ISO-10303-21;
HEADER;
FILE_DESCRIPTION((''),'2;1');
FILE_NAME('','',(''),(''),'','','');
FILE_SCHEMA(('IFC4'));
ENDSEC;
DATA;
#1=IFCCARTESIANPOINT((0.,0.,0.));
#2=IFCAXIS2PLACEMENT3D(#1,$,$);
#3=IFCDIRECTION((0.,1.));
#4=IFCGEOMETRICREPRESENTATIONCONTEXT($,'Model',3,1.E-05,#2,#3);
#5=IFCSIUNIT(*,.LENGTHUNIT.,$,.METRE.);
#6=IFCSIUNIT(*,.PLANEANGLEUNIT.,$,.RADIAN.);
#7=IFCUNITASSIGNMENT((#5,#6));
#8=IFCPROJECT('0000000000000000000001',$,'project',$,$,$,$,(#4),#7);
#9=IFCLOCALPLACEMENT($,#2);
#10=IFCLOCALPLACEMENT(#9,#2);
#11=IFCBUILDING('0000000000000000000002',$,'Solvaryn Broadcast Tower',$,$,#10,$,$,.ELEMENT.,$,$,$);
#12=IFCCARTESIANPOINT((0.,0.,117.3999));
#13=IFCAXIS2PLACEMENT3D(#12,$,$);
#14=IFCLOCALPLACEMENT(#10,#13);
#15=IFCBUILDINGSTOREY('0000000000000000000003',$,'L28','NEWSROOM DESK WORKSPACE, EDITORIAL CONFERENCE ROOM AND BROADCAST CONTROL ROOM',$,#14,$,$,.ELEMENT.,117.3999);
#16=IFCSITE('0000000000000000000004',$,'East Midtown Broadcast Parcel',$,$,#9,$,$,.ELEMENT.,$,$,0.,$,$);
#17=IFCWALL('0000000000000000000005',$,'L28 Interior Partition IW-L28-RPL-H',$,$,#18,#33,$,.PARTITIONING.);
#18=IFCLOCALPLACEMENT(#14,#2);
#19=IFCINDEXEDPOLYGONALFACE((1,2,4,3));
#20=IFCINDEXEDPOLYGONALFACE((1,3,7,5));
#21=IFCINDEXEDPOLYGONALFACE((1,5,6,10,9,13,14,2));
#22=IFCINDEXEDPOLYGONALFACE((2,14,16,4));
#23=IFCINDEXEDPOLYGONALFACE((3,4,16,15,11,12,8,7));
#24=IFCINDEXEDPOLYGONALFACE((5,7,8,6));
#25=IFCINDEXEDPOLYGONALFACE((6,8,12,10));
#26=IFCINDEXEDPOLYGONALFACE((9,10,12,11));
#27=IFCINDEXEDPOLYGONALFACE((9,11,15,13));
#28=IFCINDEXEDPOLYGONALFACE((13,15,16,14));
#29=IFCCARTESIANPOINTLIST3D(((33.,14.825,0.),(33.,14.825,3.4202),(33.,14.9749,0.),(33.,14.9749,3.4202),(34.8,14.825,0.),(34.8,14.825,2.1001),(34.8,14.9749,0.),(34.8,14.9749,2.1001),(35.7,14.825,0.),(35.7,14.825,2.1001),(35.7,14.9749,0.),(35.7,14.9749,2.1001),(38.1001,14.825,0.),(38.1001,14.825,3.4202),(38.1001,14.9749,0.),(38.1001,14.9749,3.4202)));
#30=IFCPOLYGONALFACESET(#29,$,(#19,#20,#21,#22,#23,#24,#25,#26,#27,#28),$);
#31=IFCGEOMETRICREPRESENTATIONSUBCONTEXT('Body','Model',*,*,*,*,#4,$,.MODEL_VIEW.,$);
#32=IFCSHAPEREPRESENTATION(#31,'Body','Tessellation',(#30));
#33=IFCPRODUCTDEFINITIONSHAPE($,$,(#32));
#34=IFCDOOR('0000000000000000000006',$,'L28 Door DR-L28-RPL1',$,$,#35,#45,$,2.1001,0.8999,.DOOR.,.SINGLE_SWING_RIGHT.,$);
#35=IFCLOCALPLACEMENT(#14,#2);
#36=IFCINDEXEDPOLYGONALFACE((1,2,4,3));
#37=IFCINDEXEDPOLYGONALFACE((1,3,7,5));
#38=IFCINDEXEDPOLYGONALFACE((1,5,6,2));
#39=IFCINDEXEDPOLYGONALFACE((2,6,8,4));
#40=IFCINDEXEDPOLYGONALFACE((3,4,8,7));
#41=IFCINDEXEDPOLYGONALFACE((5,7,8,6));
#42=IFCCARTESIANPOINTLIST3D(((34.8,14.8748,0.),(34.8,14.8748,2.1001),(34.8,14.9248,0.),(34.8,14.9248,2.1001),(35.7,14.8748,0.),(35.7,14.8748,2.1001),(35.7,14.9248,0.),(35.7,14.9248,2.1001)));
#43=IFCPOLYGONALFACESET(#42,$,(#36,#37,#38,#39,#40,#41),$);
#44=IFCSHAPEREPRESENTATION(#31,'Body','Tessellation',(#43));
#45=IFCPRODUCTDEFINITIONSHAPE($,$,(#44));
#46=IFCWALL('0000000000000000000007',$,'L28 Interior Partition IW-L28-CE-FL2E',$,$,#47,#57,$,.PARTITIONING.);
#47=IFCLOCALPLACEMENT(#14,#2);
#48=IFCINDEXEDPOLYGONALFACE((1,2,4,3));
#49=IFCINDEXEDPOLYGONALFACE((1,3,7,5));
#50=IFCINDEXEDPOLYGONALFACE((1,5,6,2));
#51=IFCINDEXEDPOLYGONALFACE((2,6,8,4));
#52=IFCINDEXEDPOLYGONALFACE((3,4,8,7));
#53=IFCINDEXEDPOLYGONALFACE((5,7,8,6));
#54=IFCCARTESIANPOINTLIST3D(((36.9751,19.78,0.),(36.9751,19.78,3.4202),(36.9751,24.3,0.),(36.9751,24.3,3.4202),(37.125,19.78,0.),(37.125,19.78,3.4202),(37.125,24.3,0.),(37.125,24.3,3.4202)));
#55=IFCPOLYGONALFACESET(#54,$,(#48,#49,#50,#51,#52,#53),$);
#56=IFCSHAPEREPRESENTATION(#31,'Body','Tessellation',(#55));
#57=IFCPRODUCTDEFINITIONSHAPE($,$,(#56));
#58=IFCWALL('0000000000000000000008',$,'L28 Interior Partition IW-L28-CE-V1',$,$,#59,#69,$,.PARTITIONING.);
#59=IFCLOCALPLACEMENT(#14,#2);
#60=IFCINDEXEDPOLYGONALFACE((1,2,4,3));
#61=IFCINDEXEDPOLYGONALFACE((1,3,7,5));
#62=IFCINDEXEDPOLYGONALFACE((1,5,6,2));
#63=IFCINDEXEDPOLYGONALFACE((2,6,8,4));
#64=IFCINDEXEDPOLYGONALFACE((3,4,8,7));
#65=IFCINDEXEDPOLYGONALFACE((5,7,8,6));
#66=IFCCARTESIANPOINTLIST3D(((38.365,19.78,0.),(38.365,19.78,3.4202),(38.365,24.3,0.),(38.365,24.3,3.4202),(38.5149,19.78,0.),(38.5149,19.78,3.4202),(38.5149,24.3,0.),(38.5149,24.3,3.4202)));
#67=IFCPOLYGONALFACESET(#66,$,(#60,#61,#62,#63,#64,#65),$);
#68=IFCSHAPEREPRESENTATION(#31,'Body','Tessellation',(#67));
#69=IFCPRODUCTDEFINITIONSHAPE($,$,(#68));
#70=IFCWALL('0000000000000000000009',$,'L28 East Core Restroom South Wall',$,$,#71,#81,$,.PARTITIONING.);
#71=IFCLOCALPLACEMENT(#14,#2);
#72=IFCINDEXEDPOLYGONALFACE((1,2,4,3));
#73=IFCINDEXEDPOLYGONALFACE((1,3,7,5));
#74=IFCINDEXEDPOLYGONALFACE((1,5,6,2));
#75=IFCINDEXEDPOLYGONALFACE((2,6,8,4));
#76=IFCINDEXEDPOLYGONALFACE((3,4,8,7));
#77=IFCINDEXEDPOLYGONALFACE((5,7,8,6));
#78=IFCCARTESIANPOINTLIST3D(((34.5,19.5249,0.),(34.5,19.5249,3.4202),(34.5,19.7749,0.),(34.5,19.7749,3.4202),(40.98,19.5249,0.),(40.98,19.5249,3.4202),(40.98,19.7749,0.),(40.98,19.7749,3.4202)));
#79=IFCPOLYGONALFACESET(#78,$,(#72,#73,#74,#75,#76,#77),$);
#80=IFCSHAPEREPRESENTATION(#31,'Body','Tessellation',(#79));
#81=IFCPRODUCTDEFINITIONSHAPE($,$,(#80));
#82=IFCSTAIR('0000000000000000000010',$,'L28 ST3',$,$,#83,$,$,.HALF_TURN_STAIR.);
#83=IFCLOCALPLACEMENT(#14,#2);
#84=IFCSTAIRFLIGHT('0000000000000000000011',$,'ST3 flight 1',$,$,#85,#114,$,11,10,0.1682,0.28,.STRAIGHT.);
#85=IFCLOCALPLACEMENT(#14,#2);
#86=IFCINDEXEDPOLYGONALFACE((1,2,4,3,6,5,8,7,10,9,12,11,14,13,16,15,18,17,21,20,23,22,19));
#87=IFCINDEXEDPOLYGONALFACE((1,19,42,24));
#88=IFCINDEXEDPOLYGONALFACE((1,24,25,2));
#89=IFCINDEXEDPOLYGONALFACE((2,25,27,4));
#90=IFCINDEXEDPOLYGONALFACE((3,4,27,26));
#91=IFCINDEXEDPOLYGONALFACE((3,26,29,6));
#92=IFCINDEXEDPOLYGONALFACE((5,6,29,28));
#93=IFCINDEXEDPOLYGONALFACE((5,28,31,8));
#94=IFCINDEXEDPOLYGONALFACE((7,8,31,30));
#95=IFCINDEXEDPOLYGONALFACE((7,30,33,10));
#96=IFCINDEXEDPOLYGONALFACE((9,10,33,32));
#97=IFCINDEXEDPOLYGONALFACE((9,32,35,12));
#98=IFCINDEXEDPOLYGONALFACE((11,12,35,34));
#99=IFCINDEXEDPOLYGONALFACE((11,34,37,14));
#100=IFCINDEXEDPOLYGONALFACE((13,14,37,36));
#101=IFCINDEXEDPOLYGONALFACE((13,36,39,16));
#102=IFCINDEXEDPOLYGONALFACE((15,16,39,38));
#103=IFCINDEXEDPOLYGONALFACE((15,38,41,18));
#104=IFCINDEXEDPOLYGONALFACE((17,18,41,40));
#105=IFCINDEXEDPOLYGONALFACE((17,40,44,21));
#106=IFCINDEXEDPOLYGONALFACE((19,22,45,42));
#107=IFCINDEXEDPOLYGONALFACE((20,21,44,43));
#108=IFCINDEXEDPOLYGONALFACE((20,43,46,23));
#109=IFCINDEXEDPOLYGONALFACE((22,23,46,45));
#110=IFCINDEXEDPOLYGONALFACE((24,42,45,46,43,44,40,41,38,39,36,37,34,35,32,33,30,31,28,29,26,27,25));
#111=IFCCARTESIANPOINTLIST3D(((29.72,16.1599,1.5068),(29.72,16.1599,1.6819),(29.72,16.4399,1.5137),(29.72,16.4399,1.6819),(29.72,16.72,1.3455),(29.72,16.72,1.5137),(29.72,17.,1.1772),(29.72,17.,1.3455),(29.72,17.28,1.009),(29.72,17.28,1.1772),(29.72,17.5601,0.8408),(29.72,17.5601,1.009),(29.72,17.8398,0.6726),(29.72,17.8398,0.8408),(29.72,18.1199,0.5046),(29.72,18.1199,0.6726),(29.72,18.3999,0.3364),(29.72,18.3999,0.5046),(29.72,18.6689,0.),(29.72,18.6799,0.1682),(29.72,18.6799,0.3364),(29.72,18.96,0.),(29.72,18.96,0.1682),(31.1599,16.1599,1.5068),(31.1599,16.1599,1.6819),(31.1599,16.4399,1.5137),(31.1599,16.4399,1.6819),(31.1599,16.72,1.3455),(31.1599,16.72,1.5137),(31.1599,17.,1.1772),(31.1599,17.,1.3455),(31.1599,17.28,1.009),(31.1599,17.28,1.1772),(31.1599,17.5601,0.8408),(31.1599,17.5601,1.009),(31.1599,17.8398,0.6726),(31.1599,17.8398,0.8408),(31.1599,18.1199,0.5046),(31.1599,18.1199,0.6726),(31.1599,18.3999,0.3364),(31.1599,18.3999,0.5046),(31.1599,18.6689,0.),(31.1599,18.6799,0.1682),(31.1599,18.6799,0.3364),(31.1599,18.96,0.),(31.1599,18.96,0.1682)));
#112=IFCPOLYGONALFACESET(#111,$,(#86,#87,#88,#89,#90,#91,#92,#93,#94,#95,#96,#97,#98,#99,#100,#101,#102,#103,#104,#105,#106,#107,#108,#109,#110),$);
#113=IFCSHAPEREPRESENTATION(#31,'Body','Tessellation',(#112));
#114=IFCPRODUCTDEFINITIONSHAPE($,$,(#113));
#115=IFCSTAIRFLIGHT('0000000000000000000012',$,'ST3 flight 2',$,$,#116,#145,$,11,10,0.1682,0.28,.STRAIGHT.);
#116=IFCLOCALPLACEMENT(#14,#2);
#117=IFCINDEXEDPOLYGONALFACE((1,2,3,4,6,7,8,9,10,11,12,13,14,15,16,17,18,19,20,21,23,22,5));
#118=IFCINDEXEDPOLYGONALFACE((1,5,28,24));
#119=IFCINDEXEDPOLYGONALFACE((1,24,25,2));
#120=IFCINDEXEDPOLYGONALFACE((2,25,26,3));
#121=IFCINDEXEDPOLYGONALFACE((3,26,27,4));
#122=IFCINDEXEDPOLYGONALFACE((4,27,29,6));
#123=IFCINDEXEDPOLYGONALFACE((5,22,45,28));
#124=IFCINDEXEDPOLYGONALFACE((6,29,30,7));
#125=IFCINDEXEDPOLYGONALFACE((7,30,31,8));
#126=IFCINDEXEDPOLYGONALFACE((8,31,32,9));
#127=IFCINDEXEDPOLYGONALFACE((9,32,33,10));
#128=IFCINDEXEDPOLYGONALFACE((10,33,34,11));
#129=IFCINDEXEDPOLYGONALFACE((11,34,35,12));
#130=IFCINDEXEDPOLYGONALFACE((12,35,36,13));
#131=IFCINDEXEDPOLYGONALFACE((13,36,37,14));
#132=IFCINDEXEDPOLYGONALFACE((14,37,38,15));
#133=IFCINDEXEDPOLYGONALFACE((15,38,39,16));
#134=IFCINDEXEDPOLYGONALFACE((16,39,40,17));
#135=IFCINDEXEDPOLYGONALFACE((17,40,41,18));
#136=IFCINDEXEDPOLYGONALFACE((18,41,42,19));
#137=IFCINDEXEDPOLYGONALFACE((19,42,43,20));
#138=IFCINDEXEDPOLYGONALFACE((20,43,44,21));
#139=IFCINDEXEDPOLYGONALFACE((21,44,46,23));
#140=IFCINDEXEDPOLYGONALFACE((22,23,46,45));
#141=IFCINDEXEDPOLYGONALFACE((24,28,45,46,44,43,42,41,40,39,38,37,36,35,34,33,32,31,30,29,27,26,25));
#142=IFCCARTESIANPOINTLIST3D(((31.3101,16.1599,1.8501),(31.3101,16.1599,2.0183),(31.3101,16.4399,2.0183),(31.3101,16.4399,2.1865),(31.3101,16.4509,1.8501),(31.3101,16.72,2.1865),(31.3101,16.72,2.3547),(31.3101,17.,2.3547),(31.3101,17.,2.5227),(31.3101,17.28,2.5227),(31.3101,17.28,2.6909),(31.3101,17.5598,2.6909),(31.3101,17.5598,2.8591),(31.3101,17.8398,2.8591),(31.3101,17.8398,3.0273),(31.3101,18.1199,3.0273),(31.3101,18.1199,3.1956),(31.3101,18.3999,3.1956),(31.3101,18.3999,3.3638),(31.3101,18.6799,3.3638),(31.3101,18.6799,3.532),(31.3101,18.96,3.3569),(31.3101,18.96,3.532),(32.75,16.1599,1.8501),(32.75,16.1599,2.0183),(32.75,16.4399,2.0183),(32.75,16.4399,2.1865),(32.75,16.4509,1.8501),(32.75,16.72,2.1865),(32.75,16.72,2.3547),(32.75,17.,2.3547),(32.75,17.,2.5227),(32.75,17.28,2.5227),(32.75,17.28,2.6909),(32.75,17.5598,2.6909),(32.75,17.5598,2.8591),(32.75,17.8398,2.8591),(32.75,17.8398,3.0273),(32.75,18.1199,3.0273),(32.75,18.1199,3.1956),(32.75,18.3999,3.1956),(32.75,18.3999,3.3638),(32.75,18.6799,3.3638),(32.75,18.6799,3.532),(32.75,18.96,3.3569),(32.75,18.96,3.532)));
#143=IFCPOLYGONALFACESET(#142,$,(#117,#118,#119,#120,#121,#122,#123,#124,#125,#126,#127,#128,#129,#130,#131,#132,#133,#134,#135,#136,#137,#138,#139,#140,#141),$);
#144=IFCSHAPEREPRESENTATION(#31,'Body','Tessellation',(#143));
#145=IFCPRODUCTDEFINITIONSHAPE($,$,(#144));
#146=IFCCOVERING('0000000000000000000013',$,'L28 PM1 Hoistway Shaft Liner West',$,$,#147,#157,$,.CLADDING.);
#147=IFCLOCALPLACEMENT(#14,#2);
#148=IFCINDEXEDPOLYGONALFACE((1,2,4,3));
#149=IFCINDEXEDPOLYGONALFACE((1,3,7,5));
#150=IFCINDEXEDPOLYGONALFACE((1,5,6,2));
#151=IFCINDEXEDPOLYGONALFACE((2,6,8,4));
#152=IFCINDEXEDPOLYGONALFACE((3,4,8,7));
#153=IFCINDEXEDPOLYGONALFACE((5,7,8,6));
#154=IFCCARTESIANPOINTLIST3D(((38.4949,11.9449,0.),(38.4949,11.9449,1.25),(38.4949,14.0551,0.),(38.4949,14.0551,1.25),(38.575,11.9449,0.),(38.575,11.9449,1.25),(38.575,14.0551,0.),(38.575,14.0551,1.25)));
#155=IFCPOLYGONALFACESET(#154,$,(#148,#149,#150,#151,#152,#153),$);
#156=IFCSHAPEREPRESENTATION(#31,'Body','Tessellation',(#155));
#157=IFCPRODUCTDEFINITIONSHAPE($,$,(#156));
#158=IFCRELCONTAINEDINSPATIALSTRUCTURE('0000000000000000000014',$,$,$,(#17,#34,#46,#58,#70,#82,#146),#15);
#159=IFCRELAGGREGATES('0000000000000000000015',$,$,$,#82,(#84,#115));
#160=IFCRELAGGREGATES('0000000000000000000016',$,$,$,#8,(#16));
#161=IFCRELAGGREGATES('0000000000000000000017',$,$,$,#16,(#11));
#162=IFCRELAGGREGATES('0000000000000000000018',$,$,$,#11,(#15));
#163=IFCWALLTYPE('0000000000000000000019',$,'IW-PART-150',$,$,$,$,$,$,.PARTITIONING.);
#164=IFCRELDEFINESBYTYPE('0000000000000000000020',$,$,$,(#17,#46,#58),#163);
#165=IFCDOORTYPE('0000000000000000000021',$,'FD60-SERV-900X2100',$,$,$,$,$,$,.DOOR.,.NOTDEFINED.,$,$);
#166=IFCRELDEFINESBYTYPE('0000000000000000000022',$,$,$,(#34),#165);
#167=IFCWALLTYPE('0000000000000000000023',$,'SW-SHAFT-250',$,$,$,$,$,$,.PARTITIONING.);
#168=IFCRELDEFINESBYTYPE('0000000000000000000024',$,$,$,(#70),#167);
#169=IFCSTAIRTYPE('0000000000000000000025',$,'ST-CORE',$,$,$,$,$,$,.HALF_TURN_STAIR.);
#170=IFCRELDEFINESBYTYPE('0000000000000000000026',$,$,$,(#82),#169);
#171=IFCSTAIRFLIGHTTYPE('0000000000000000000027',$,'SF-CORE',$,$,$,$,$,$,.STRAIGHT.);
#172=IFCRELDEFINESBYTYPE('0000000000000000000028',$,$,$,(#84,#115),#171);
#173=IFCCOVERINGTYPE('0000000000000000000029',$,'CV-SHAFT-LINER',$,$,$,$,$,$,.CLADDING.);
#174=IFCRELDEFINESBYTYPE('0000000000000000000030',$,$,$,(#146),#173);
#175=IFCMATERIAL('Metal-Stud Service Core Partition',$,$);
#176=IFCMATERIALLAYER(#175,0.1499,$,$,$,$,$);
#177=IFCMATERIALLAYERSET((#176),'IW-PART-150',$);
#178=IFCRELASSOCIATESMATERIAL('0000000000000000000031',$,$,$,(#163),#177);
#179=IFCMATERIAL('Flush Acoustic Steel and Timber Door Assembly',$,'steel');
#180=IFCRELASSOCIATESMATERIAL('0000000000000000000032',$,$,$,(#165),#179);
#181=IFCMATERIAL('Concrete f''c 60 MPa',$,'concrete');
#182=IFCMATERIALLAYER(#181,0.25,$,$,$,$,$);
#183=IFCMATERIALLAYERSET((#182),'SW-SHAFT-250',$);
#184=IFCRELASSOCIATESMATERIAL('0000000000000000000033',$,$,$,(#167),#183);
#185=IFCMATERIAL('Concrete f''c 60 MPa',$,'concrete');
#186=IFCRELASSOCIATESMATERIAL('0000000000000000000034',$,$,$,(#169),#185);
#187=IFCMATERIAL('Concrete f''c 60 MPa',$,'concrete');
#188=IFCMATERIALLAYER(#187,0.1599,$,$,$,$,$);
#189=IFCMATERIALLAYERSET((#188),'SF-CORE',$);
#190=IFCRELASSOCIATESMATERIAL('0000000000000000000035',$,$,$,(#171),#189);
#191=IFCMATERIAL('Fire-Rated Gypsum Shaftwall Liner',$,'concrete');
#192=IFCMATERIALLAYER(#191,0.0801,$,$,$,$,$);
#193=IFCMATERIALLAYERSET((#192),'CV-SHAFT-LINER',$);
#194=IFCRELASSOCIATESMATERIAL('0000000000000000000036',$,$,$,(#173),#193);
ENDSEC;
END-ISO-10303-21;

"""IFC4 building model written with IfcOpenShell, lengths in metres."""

from ifc_helpers import new_model, si_unit, direction, frame, frame_2d, origin, origin_2d, place, context, subcontext, project, spatial, polyline, rectangle, outline, extrude, material, layer, layer_set, type_object, element, fill, aggregate, save


model = new_model("IFC4")

# Units and contexts
model_context = context("Model", 3, precision=1e-05, world=origin(), true_north=direction((0.0, 1.0)))
body_context = subcontext(model_context, "Body", "Model", "MODEL_VIEW")
ifc_project = project(units=[si_unit("LENGTHUNIT", "METRE"), si_unit("PLANEANGLEUNIT", "RADIAN")], contexts=[model_context])

# Site, building, storey
site_placement = place(None, origin())
site = spatial("IfcSite", under=ifc_project, at=site_placement, Name="East Midtown Broadcast Parcel", CompositionType="ELEMENT", RefElevation=0.0)
building_placement = place(site_placement, origin())
building = spatial("IfcBuilding", under=site, at=building_placement, Name="Solvaryn Broadcast Tower", CompositionType="ELEMENT")
storey_placement = place(building_placement, frame((0.0, 0.0, 117.3999)))
storey = spatial("IfcBuildingStorey", under=building, at=storey_placement, Name="L28", Description="NEWSROOM DESK WORKSPACE, EDITORIAL CONFERENCE ROOM AND BROADCAST CONTROL ROOM", CompositionType="ELEMENT", Elevation=117.3999)

# Wall, opening, door
ifc_material_1 = material(Name="Metal-Stud Service Core Partition")
ifc_layer_1 = layer(ifc_material_1, 0.1499)
ifc_layer_set_1 = layer_set([ifc_layer_1], Name="IW-PART-150")
wall_type_1 = type_object("IfcWallType", Name="IW-PART-150", PredefinedType="PARTITIONING", material=ifc_layer_set_1)
wall_1_placement = place(storey_placement, frame((33.0, 14.8999, 0.0), z_axis=(0.0, 0.0, 1.0), x_axis=(1.0, 0.0, 0.0)))
wall_1 = element("IfcWall", 1, at=wall_1_placement, inside=storey, type_object=wall_type_1, Name="L28 Interior Partition IW-L28-RPL-H", PredefinedType="PARTITIONING", context=body_context, shape_type="SweptSolid", body=[
    extrude(rectangle(XDim=5.1001, YDim=0.1499, at=frame_2d((2.55, 0.0))), origin(), (0.0, 0.0, 1.0), 3.4202),
])
opening_1_placement = place(wall_1_placement, frame((1.8, 0.0, 0.0)))
opening_1 = element("IfcOpeningElement", 2, at=opening_1_placement, cuts=wall_1, PredefinedType="OPENING", context=body_context, shape_type="SweptSolid", body=[
    extrude(rectangle(XDim=0.8999, YDim=2.1001, at=frame_2d((0.45, 1.05))), frame((0.0, 0.085, 0.0), z_axis=(0.0, -1.0, 0.0), x_axis=(1.0, 0.0, 0.0)), (0.0, 0.0, 1.0), 0.1699),
])
ifc_material_2 = material(Name="Flush Acoustic Steel and Timber Door Assembly", Category="steel")
door_type_1 = type_object("IfcDoorType", Name="FD60-SERV-900X2100", OperationType="NOTDEFINED", PredefinedType="DOOR", material=ifc_material_2)
door_1_placement = place(opening_1_placement, origin())
door_1 = element("IfcDoor", 3, at=door_1_placement, inside=storey, type_object=door_type_1, Name="L28 Door DR-L28-RPL1", OperationType="SINGLE_SWING_RIGHT", OverallHeight=2.1001, OverallWidth=0.8999, PredefinedType="DOOR", context=body_context, shape_type="SweptSolid", body=[
    extrude(rectangle(XDim=0.8999, YDim=2.1001, at=frame_2d((0.45, 1.05))), frame((0.0, 0.0249, 0.0), z_axis=(0.0, -1.0, 0.0), x_axis=(1.0, 0.0, 0.0)), (0.0, 0.0, 1.0), 0.05),
])
fill(opening_1, door_1)

# Walls
for number, where, z_axis, x_axis, name in (
    (4, (37.05, 19.78, 0.0), (0.0, 0.0, 1.0), (0.0, 1.0, 0.0), "L28 Interior Partition IW-L28-CE-FL2E"),
    (5, (38.4399, 19.78, 0.0), (0.0, 0.0, 1.0), (0.0, 1.0, 0.0), "L28 Interior Partition IW-L28-CE-V1"),
):
    element("IfcWall", number, at=place(storey_placement, frame(where, z_axis=z_axis, x_axis=x_axis)), inside=storey, type_object=wall_type_1, Name=name, PredefinedType="PARTITIONING", context=body_context, shape_type="SweptSolid", body=[
        extrude(rectangle(XDim=4.52, YDim=0.1499, at=frame_2d((2.26, 0.0))), origin(), (0.0, 0.0, 1.0), 3.4202),
    ])
ifc_material_3 = material(Name="Concrete f'c 60 MPa", Category="concrete")
ifc_layer_2 = layer(ifc_material_3, 0.25)
ifc_layer_set_2 = layer_set([ifc_layer_2], Name="SW-SHAFT-250")
wall_type_2 = type_object("IfcWallType", Name="SW-SHAFT-250", PredefinedType="PARTITIONING", material=ifc_layer_set_2)
wall_2_placement = place(storey_placement, frame((34.5, 19.6499, 0.0), z_axis=(0.0, 0.0, 1.0), x_axis=(1.0, 0.0, 0.0)))
element("IfcWall", 6, at=wall_2_placement, inside=storey, type_object=wall_type_2, Name="L28 East Core Restroom South Wall", PredefinedType="PARTITIONING", context=body_context, shape_type="SweptSolid", body=[
    extrude(rectangle(XDim=6.48, YDim=0.25, at=frame_2d((3.24, 0.0))), origin(), (0.0, 0.0, 1.0), 3.4202),
])

# Stair, stair flights
ifc_material_4 = material(Name="Concrete f'c 60 MPa", Category="concrete")
stair_type = type_object("IfcStairType", Name="ST-CORE", PredefinedType="HALF_TURN_STAIR", material=ifc_material_4)
stair_placement = place(storey_placement, origin())
stair = element("IfcStair", 7, at=stair_placement, inside=storey, type_object=stair_type, Name="L28 ST3", PredefinedType="HALF_TURN_STAIR")
ifc_material_5 = material(Name="Concrete f'c 60 MPa", Category="concrete")
ifc_layer_3 = layer(ifc_material_5, 0.1599)
ifc_layer_set_3 = layer_set([ifc_layer_3], Name="SF-CORE")
stair_flight_type = type_object("IfcStairFlightType", Name="SF-CORE", PredefinedType="STRAIGHT", material=ifc_layer_set_3)
stair_flight_1_placement = place(storey_placement, frame((30.4399, 18.96, 0.0), z_axis=(0.0, 0.0, 1.0), x_axis=(0.0, -1.0, 0.0)))
stair_flight_1 = element("IfcStairFlight", 8, at=stair_flight_1_placement, type_object=stair_flight_type, Name="ST3 flight 1", NumberOfRisers=11, NumberOfTreads=10, PredefinedType="STRAIGHT", RiserHeight=0.1682, TreadLength=0.28, context=body_context, shape_type="SweptSolid", body=[
    extrude(outline(polyline([(0.0, 0.0), (0.0, 0.1682), (0.28, 0.1682), (0.28, 0.3364), (0.5601, 0.3364), (0.5601, 0.5046), (0.8401, 0.5046), (0.8401, 0.6726), (1.1201, 0.6726), (1.1201, 0.8408), (1.3999, 0.8408), (1.3999, 1.009), (1.6799, 1.009), (1.6799, 1.1772), (1.96, 1.1772), (1.96, 1.3455), (2.24, 1.3455), (2.24, 1.5137), (2.52, 1.5137), (2.52, 1.6819), (2.8, 1.6819), (2.8, 1.8501), (2.8, 1.5068), (0.291, 0.0), (0.0, 0.0)])), frame((0.0, 0.72, 0.0), z_axis=(0.0, -1.0, 0.0), x_axis=(1.0, 0.0, 0.0)), (0.0, 0.0, 1.0), 1.4399),
])
stair_flight_2_placement = place(storey_placement, frame((32.03, 16.1599, 1.8501), z_axis=(0.0, 0.0, 1.0), x_axis=(0.0, 1.0, 0.0)))
stair_flight_2 = element("IfcStairFlight", 9, at=stair_flight_2_placement, type_object=stair_flight_type, Name="ST3 flight 2", NumberOfRisers=11, NumberOfTreads=10, PredefinedType="STRAIGHT", RiserHeight=0.1682, TreadLength=0.28, context=body_context, shape_type="SweptSolid", body=[
    extrude(outline(polyline([(0.0, 0.0), (0.0, 0.1682), (0.28, 0.1682), (0.28, 0.3364), (0.5601, 0.3364), (0.5601, 0.5046), (0.8401, 0.5046), (0.8401, 0.6726), (1.1201, 0.6726), (1.1201, 0.8408), (1.3999, 0.8408), (1.3999, 1.009), (1.6799, 1.009), (1.6799, 1.1772), (1.96, 1.1772), (1.96, 1.3455), (2.24, 1.3455), (2.24, 1.5137), (2.52, 1.5137), (2.52, 1.6819), (2.8, 1.6819), (2.8, 1.8501), (2.8, 1.5068), (0.291, 0.0), (0.0, 0.0)])), frame((0.0, 0.72, 0.0), z_axis=(0.0, -1.0, 0.0), x_axis=(1.0, 0.0, 0.0)), (0.0, 0.0, 1.0), 1.4399),
])
aggregate(stair, [stair_flight_1, stair_flight_2])

# Covering
ifc_material_6 = material(Name="Fire-Rated Gypsum Shaftwall Liner", Category="concrete")
ifc_layer_4 = layer(ifc_material_6, 0.0801)
ifc_layer_set_4 = layer_set([ifc_layer_4], Name="CV-SHAFT-LINER")
covering_type = type_object("IfcCoveringType", Name="CV-SHAFT-LINER", PredefinedType="CLADDING", material=ifc_layer_set_4)
covering_placement = place(storey_placement, frame((38.5349, 13.0, 0.0), z_axis=(0.0, 0.0, 1.0), x_axis=(1.0, 0.0, 0.0)))
element("IfcCovering", 10, at=covering_placement, inside=storey, type_object=covering_type, Name="L28 PM1 Hoistway Shaft Liner West", PredefinedType="CLADDING", context=body_context, shape_type="SweptSolid", body=[
    extrude(rectangle(XDim=0.0801, YDim=2.1101, at=origin_2d()), origin(), (0.0, 0.0, 1.0), 1.25),
])

save(model, "model.ifc")
